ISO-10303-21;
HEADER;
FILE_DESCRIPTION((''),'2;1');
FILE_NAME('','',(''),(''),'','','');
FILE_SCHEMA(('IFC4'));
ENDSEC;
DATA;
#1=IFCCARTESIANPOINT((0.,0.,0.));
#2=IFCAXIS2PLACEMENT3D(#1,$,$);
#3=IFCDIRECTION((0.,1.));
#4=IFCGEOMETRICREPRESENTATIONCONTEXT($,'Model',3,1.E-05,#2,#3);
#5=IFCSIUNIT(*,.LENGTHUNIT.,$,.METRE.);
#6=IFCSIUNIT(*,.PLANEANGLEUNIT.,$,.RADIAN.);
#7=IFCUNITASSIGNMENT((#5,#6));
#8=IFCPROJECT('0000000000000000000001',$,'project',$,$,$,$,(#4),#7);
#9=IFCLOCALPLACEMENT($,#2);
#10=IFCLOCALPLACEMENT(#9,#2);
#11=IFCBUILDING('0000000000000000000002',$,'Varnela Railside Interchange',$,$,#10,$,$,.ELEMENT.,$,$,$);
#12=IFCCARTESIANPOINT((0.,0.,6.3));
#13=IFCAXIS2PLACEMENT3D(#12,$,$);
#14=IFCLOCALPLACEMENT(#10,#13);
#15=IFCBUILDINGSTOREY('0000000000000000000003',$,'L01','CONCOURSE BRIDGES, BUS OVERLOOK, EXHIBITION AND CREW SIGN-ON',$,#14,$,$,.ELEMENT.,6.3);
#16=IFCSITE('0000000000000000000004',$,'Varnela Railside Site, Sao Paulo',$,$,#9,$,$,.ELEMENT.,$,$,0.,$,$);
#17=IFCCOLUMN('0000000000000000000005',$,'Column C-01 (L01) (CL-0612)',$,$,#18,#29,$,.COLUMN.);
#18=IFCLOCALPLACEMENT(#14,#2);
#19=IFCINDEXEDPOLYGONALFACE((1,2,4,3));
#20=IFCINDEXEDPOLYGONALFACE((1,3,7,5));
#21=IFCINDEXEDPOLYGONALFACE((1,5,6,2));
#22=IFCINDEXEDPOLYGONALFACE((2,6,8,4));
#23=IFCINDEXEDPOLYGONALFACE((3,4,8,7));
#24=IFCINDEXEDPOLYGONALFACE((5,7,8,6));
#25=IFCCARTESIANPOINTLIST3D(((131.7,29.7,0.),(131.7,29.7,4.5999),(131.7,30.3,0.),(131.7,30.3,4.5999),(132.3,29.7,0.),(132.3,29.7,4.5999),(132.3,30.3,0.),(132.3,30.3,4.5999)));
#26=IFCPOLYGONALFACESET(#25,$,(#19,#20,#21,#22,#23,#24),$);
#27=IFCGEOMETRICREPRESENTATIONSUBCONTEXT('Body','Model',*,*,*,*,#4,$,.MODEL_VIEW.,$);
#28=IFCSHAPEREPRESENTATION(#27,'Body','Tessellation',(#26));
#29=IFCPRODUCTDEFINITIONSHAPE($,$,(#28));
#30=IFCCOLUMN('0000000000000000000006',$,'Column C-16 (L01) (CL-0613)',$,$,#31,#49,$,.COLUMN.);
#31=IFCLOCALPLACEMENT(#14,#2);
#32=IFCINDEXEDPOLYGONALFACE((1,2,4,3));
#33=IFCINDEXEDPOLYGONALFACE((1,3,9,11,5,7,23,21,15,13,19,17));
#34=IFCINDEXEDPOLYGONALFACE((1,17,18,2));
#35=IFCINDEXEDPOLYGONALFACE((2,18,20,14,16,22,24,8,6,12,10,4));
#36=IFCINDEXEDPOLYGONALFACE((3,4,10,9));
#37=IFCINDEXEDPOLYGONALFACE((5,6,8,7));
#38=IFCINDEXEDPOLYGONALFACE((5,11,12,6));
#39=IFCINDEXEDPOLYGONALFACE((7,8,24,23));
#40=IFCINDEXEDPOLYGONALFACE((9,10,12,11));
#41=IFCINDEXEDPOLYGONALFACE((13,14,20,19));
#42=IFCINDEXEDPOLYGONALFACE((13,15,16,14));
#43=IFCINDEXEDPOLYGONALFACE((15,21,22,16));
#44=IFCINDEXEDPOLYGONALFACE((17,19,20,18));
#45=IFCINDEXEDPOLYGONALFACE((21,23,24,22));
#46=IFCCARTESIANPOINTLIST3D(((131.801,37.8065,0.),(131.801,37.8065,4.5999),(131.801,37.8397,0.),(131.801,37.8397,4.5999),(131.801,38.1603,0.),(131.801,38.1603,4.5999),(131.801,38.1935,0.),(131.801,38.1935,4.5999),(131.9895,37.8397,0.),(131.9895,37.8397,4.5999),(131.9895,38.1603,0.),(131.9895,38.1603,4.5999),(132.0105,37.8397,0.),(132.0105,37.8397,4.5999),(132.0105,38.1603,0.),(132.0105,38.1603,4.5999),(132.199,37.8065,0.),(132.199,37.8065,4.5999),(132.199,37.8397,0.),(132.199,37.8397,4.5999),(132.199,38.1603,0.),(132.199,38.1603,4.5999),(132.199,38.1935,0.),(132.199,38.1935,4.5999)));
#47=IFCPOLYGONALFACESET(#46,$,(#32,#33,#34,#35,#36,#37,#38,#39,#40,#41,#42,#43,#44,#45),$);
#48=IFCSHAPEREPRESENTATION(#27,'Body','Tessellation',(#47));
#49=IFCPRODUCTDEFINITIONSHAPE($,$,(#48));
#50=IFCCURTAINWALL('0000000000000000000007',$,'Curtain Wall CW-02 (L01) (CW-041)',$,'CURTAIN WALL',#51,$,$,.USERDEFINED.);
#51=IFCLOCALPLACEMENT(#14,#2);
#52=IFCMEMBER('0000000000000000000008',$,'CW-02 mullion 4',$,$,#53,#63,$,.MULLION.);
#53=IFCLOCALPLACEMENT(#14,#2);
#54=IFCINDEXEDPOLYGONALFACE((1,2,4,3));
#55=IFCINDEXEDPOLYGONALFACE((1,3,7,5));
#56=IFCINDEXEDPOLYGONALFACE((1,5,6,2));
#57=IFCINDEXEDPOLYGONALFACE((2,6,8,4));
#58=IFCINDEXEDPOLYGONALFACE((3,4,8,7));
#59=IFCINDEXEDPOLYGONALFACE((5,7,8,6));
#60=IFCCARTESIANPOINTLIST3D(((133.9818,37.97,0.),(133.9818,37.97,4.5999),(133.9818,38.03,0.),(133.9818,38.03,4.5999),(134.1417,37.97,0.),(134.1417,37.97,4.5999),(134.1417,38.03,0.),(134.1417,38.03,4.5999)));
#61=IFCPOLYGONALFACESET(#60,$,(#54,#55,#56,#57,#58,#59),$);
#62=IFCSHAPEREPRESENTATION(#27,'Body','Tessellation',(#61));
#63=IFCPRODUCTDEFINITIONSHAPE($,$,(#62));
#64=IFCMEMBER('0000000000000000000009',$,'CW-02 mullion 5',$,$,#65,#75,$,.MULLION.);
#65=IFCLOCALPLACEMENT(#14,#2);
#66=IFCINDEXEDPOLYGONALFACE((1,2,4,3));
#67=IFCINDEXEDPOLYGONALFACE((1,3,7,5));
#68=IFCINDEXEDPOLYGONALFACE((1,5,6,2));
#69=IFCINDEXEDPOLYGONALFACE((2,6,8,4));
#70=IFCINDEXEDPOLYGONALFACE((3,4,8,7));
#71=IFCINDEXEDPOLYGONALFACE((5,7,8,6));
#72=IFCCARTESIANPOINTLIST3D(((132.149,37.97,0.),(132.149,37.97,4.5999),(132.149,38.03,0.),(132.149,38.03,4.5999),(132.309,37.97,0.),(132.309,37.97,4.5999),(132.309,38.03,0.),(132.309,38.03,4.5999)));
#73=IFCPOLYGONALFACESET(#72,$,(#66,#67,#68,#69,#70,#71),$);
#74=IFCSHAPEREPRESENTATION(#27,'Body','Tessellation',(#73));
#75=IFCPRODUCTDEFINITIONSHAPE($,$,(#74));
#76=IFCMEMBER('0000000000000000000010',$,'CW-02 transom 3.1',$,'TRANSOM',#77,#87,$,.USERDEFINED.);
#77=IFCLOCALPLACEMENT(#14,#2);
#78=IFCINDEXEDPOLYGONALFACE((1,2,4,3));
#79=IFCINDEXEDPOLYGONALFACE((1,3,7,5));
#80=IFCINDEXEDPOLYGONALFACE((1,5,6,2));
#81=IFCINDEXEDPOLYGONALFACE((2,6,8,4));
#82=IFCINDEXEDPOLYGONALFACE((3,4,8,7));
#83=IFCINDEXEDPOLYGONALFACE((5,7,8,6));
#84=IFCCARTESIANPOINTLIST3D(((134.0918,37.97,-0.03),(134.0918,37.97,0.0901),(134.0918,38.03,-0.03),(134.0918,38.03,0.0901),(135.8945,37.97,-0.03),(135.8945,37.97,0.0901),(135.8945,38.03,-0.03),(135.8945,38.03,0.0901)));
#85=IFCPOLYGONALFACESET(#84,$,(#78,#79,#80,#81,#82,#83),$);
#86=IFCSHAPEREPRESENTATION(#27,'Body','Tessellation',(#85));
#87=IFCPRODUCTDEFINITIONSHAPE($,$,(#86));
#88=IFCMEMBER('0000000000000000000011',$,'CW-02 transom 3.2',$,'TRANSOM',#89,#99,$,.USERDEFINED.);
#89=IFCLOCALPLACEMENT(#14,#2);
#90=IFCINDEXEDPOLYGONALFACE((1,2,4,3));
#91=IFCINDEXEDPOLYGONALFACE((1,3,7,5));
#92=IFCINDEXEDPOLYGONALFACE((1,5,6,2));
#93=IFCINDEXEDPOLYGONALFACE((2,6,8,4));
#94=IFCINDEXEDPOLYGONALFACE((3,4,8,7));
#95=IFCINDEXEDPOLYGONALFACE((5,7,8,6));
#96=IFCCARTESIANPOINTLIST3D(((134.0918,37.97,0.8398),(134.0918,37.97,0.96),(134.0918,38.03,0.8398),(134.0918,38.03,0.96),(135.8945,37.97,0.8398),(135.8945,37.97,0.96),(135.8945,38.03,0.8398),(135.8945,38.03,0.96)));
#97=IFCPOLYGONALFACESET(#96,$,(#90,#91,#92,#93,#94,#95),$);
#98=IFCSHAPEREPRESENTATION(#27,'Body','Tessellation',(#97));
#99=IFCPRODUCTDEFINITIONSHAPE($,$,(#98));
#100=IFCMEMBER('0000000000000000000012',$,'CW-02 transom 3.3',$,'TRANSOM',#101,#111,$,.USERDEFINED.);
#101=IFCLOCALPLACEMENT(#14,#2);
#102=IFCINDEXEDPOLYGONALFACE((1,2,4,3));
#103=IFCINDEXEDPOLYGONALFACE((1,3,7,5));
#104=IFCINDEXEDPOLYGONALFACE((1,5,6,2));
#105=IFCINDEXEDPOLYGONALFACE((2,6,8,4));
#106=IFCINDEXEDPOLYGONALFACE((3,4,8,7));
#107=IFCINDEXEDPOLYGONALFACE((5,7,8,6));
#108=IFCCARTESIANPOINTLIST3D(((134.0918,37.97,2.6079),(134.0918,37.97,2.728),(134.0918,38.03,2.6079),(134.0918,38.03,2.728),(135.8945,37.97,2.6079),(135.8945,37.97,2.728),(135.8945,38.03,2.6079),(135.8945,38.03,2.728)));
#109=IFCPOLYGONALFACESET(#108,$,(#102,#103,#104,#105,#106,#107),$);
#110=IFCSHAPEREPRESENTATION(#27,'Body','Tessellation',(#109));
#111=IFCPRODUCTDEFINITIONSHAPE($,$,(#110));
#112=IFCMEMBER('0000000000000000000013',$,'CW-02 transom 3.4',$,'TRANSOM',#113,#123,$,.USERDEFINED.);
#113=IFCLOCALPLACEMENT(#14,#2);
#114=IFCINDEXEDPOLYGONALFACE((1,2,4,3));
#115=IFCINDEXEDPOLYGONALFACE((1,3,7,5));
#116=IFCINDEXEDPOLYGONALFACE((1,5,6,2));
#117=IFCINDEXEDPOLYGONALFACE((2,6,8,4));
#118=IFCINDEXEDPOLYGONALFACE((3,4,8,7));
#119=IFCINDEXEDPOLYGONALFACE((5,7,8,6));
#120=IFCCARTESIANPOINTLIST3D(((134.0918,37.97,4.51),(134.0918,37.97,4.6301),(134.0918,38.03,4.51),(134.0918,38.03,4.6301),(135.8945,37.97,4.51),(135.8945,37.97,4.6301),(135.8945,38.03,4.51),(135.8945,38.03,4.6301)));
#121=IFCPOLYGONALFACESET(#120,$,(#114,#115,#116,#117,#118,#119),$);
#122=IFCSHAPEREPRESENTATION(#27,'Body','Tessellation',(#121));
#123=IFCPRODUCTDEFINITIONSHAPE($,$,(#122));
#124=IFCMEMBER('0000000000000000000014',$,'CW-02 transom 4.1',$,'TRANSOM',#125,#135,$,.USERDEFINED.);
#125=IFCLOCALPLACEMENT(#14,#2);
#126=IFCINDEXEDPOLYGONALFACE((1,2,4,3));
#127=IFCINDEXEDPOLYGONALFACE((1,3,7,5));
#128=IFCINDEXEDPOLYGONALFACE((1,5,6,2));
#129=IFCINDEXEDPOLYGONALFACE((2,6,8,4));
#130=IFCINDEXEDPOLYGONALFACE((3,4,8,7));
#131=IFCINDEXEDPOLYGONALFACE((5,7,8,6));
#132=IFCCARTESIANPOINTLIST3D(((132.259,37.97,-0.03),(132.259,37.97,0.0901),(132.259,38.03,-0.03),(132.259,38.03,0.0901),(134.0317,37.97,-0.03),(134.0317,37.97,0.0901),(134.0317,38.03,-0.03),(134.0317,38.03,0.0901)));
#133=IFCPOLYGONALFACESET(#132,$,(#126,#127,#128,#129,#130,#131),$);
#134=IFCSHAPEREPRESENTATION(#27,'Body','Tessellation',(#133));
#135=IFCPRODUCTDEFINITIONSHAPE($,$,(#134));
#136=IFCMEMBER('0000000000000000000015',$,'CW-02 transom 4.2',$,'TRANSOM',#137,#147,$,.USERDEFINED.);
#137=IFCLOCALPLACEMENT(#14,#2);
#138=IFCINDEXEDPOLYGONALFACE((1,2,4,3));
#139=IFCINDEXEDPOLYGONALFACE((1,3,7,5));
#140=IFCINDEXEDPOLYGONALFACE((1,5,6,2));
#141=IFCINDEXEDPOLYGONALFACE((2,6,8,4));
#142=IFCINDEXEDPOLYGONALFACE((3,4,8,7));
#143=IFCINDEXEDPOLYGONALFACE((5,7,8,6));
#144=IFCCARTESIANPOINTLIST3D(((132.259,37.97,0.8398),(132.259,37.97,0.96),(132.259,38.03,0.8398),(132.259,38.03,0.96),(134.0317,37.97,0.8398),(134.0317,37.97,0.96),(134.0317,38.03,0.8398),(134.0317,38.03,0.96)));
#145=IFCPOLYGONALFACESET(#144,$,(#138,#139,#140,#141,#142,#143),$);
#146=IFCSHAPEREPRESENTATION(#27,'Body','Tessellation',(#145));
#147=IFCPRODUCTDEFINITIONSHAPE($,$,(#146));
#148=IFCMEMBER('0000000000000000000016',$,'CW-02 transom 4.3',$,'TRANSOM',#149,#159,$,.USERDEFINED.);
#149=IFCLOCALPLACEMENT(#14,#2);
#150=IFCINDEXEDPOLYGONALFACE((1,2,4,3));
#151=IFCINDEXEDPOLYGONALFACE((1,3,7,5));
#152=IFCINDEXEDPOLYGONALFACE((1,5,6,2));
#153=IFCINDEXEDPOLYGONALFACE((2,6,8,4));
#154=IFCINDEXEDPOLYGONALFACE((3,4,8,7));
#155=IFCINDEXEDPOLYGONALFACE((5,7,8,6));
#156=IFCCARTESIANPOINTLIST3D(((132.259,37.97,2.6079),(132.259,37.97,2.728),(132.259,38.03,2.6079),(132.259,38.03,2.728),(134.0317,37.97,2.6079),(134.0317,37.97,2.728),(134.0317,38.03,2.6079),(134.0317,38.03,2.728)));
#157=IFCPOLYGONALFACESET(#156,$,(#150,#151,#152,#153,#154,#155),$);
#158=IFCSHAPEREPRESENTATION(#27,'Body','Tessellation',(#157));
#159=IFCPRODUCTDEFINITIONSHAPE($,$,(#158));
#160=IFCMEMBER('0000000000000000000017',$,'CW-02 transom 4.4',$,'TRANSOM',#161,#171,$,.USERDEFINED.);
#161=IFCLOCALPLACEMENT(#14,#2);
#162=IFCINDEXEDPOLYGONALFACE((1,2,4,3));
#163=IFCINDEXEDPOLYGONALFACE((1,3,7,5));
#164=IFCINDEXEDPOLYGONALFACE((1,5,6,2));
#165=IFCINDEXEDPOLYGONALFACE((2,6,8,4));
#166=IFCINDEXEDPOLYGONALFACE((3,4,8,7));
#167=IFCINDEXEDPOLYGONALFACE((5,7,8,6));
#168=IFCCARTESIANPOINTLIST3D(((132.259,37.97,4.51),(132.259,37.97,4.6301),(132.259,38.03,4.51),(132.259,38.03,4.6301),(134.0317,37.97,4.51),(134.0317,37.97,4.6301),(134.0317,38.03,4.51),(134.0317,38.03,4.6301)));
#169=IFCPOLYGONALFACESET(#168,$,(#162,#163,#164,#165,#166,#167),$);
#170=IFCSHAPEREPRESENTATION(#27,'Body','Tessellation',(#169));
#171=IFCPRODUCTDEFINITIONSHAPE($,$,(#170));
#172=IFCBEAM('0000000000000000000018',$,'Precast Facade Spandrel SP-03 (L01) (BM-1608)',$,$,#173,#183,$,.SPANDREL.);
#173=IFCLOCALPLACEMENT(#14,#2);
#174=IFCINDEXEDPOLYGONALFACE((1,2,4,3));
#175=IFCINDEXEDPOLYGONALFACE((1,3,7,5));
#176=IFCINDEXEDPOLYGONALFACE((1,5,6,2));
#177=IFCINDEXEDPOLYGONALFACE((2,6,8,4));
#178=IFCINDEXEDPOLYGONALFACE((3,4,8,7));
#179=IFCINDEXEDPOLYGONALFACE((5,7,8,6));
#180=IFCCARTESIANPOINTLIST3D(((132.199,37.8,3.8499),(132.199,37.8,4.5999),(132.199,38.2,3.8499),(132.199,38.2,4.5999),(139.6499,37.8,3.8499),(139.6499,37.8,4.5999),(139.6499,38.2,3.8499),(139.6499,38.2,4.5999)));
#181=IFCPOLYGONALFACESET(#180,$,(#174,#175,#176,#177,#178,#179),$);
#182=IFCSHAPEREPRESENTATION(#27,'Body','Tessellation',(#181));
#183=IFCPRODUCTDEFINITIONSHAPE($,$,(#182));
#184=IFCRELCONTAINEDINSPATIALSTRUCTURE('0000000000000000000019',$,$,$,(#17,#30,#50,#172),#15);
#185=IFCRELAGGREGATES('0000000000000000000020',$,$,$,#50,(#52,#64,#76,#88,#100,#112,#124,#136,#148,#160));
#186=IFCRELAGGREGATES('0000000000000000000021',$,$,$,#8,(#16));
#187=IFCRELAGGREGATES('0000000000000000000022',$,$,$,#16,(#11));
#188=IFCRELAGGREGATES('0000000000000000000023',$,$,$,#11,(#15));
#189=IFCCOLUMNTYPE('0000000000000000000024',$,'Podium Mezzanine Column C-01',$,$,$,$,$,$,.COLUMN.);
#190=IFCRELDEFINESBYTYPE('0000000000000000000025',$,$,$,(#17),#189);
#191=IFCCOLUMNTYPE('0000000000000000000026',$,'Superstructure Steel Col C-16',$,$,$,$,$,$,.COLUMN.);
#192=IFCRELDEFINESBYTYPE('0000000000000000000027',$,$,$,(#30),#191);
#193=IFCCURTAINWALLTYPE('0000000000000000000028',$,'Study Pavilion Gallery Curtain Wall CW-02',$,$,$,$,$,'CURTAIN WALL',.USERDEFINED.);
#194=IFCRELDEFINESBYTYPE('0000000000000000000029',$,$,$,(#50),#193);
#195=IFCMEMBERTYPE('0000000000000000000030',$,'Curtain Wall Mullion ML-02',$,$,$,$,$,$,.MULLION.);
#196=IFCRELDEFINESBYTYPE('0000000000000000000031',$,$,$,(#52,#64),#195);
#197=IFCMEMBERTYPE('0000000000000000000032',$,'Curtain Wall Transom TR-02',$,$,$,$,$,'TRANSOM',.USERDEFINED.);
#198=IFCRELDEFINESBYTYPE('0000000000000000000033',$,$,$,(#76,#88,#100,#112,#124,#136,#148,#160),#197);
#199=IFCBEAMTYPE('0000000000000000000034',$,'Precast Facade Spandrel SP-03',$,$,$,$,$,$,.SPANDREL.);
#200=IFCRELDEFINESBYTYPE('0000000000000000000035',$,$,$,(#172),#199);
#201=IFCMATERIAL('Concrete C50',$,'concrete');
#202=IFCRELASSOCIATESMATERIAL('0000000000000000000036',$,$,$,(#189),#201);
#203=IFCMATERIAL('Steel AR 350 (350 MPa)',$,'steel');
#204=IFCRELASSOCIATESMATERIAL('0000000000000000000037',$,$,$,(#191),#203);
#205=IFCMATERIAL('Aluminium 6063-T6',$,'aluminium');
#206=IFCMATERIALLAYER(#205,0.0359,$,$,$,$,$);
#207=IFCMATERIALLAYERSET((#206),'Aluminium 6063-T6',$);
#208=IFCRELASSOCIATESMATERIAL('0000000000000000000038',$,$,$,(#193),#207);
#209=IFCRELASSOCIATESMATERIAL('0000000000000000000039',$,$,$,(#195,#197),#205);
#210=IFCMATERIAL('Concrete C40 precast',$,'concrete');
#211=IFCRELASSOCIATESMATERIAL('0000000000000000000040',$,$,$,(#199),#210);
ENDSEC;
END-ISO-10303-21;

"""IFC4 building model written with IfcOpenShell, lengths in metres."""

from ifc_helpers import new_model, si_unit, direction, frame, origin, origin_2d, place, context, subcontext, project, spatial, rectangle, i_section, extrude, material, layer, layer_set, material_profile, profile_set, type_object, element, aggregate, save


model = new_model("IFC4")

# Units and contexts
model_context = context("Model", 3, precision=1e-05, world=origin(), true_north=direction((0.0, 1.0)))
body_context = subcontext(model_context, "Body", "Model", "MODEL_VIEW")
ifc_project = project(units=[si_unit("LENGTHUNIT", "METRE"), si_unit("PLANEANGLEUNIT", "RADIAN")], contexts=[model_context])

# Site, building, storey
site_placement = place(None, origin())
site = spatial("IfcSite", under=ifc_project, at=site_placement, Name="Varnela Railside Site, Sao Paulo", CompositionType="ELEMENT", RefElevation=0.0)
building_placement = place(site_placement, origin())
building = spatial("IfcBuilding", under=site, at=building_placement, Name="Varnela Railside Interchange", CompositionType="ELEMENT")
storey_placement = place(building_placement, frame((0.0, 0.0, 6.3)))
storey = spatial("IfcBuildingStorey", under=building, at=storey_placement, Name="L01", Description="CONCOURSE BRIDGES, BUS OVERLOOK, EXHIBITION AND CREW SIGN-ON", CompositionType="ELEMENT", Elevation=6.3)

# Columns
ifc_material_1 = material(Name="Concrete C50", Category="concrete")
ifc_material_profile_1 = material_profile(ifc_material_1, rectangle(XDim=0.6001, YDim=0.6001, at=origin_2d()), Name="RC 600x600")
ifc_profile_set_1 = profile_set([ifc_material_profile_1], Name="Concrete C50")
column_type_1 = type_object("IfcColumnType", Name="Podium Mezzanine Column C-01", PredefinedType="COLUMN", material=ifc_profile_set_1)
column_1_placement = place(storey_placement, frame((132.0, 30.0, 0.0), z_axis=(0.0, 0.0, 1.0), x_axis=(1.0, 0.0, 0.0)))
element("IfcColumn", 1, at=column_1_placement, inside=storey, type_object=column_type_1, Name="Column C-01 (L01) (CL-0612)", PredefinedType="COLUMN", context=body_context, shape_type="SweptSolid", body=[
    extrude(rectangle(XDim=0.6001, YDim=0.6001, at=origin_2d()), origin(), (0.0, 0.0, 1.0), 4.5999),
])
ifc_material_2 = material(Name="Steel AR 350 (350 MPa)", Category="steel")
ifc_material_profile_2 = material_profile(ifc_material_2, i_section(OverallWidth=0.3979, OverallDepth=0.387, WebThickness=0.021, FlangeThickness=0.0332, at=origin_2d()), Name="W360x262")
ifc_profile_set_2 = profile_set([ifc_material_profile_2], Name="Steel AR 350 (350 MPa)")
column_type_2 = type_object("IfcColumnType", Name="Superstructure Steel Col C-16", PredefinedType="COLUMN", material=ifc_profile_set_2)
column_2_placement = place(storey_placement, frame((132.0, 38.0, 0.0), z_axis=(0.0, 0.0, 1.0), x_axis=(1.0, 0.0, 0.0)))
element("IfcColumn", 2, at=column_2_placement, inside=storey, type_object=column_type_2, Name="Column C-16 (L01) (CL-0613)", PredefinedType="COLUMN", context=body_context, shape_type="SweptSolid", body=[
    extrude(i_section(OverallWidth=0.3979, OverallDepth=0.387, WebThickness=0.021, FlangeThickness=0.0332, at=origin_2d()), origin(), (0.0, 0.0, 1.0), 4.5999),
])

# Curtain wall, members
ifc_material_3 = material(Name="Aluminium 6063-T6", Category="aluminium")
ifc_layer_1 = layer(ifc_material_3, 0.0359)
ifc_layer_set_1 = layer_set([ifc_layer_1], Name="Aluminium 6063-T6")
curtain_wall_type = type_object("IfcCurtainWallType", Name="Study Pavilion Gallery Curtain Wall CW-02", ElementType="CURTAIN WALL", PredefinedType="USERDEFINED", material=ifc_layer_set_1)
curtain_wall_placement = place(storey_placement, origin())
curtain_wall = element("IfcCurtainWall", 3, at=curtain_wall_placement, inside=storey, type_object=curtain_wall_type, Name="Curtain Wall CW-02 (L01) (CW-041)", ObjectType="CURTAIN WALL", PredefinedType="USERDEFINED")
ifc_material_profile_3 = material_profile(ifc_material_3, rectangle(XDim=0.0601, YDim=0.1599, at=origin_2d()), Name="ALU 60x160")
ifc_profile_set_3 = profile_set([ifc_material_profile_3], Name="Aluminium 6063-T6")
member_type_1 = type_object("IfcMemberType", Name="Curtain Wall Mullion ML-02", PredefinedType="MULLION", material=ifc_profile_set_3)
member_1_placement = place(storey_placement, frame((134.0618, 38.0, 0.0), z_axis=(0.0, 0.0, 1.0), x_axis=(0.0, -1.0, 0.0)))
member_1 = element("IfcMember", 4, at=member_1_placement, type_object=member_type_1, Name="CW-02 mullion 4", PredefinedType="MULLION", context=body_context, shape_type="SweptSolid", body=[
    extrude(rectangle(XDim=0.0601, YDim=0.1599, at=origin_2d()), origin(), (0.0, 0.0, 1.0), 4.5999),
])
member_2_placement = place(storey_placement, frame((132.229, 38.0, 0.0), z_axis=(0.0, 0.0, 1.0), x_axis=(0.0, -1.0, 0.0)))
member_2 = element("IfcMember", 5, at=member_2_placement, type_object=member_type_1, Name="CW-02 mullion 5", PredefinedType="MULLION", context=body_context, shape_type="SweptSolid", body=[
    extrude(rectangle(XDim=0.0601, YDim=0.1599, at=origin_2d()), origin(), (0.0, 0.0, 1.0), 4.5999),
])
ifc_material_profile_4 = material_profile(ifc_material_3, rectangle(XDim=0.0601, YDim=0.1201, at=origin_2d()), Name="ALU 60x120")
ifc_profile_set_4 = profile_set([ifc_material_profile_4], Name="Aluminium 6063-T6")
member_type_2 = type_object("IfcMemberType", Name="Curtain Wall Transom TR-02", ElementType="TRANSOM", PredefinedType="USERDEFINED", material=ifc_profile_set_4)
member_3_placement = place(storey_placement, frame((135.8945, 38.0, 0.03), z_axis=(-1.0, 0.0, 0.0), x_axis=(0.0, -1.0, 0.0)))
member_3 = element("IfcMember", 6, at=member_3_placement, type_object=member_type_2, Name="CW-02 transom 3.1", ObjectType="TRANSOM", PredefinedType="USERDEFINED", context=body_context, shape_type="SweptSolid", body=[
    extrude(rectangle(XDim=0.0601, YDim=0.1201, at=origin_2d()), origin(), (0.0, 0.0, 1.0), 1.8027),
])
member_4_placement = place(storey_placement, frame((135.8945, 38.0, 0.8999), z_axis=(-1.0, 0.0, 0.0), x_axis=(0.0, -1.0, 0.0)))
member_4 = element("IfcMember", 7, at=member_4_placement, type_object=member_type_2, Name="CW-02 transom 3.2", ObjectType="TRANSOM", PredefinedType="USERDEFINED", context=body_context, shape_type="SweptSolid", body=[
    extrude(rectangle(XDim=0.0601, YDim=0.1201, at=origin_2d()), origin(), (0.0, 0.0, 1.0), 1.8027),
])
member_5_placement = place(storey_placement, frame((135.8945, 38.0, 2.668), z_axis=(-1.0, 0.0, 0.0), x_axis=(0.0, -1.0, 0.0)))
member_5 = element("IfcMember", 8, at=member_5_placement, type_object=member_type_2, Name="CW-02 transom 3.3", ObjectType="TRANSOM", PredefinedType="USERDEFINED", context=body_context, shape_type="SweptSolid", body=[
    extrude(rectangle(XDim=0.0601, YDim=0.1201, at=origin_2d()), origin(), (0.0, 0.0, 1.0), 1.8027),
])
member_6_placement = place(storey_placement, frame((135.8945, 38.0, 4.5701), z_axis=(-1.0, 0.0, 0.0), x_axis=(0.0, -1.0, 0.0)))
member_6 = element("IfcMember", 9, at=member_6_placement, type_object=member_type_2, Name="CW-02 transom 3.4", ObjectType="TRANSOM", PredefinedType="USERDEFINED", context=body_context, shape_type="SweptSolid", body=[
    extrude(rectangle(XDim=0.0601, YDim=0.1201, at=origin_2d()), origin(), (0.0, 0.0, 1.0), 1.8027),
])
member_7_placement = place(storey_placement, frame((134.0317, 38.0, 0.03), z_axis=(-1.0, 0.0, 0.0), x_axis=(0.0, -1.0, 0.0)))
member_7 = element("IfcMember", 10, at=member_7_placement, type_object=member_type_2, Name="CW-02 transom 4.1", ObjectType="TRANSOM", PredefinedType="USERDEFINED", context=body_context, shape_type="SweptSolid", body=[
    extrude(rectangle(XDim=0.0601, YDim=0.1201, at=origin_2d()), origin(), (0.0, 0.0, 1.0), 1.7727),
])
member_8_placement = place(storey_placement, frame((134.0317, 38.0, 0.8999), z_axis=(-1.0, 0.0, 0.0), x_axis=(0.0, -1.0, 0.0)))
member_8 = element("IfcMember", 11, at=member_8_placement, type_object=member_type_2, Name="CW-02 transom 4.2", ObjectType="TRANSOM", PredefinedType="USERDEFINED", context=body_context, shape_type="SweptSolid", body=[
    extrude(rectangle(XDim=0.0601, YDim=0.1201, at=origin_2d()), origin(), (0.0, 0.0, 1.0), 1.7727),
])
member_9_placement = place(storey_placement, frame((134.0317, 38.0, 2.668), z_axis=(-1.0, 0.0, 0.0), x_axis=(0.0, -1.0, 0.0)))
member_9 = element("IfcMember", 12, at=member_9_placement, type_object=member_type_2, Name="CW-02 transom 4.3", ObjectType="TRANSOM", PredefinedType="USERDEFINED", context=body_context, shape_type="SweptSolid", body=[
    extrude(rectangle(XDim=0.0601, YDim=0.1201, at=origin_2d()), origin(), (0.0, 0.0, 1.0), 1.7727),
])
member_10_placement = place(storey_placement, frame((134.0317, 38.0, 4.5701), z_axis=(-1.0, 0.0, 0.0), x_axis=(0.0, -1.0, 0.0)))
member_10 = element("IfcMember", 13, at=member_10_placement, type_object=member_type_2, Name="CW-02 transom 4.4", ObjectType="TRANSOM", PredefinedType="USERDEFINED", context=body_context, shape_type="SweptSolid", body=[
    extrude(rectangle(XDim=0.0601, YDim=0.1201, at=origin_2d()), origin(), (0.0, 0.0, 1.0), 1.7727),
])

# Beam
ifc_material_4 = material(Name="Concrete C40 precast", Category="concrete")
ifc_material_profile_5 = material_profile(ifc_material_4, rectangle(XDim=0.3999, YDim=0.75, at=origin_2d()), Name="PC 400x750")
ifc_profile_set_5 = profile_set([ifc_material_profile_5], Name="Concrete C40 precast")
beam_type = type_object("IfcBeamType", Name="Precast Facade Spandrel SP-03", PredefinedType="SPANDREL", material=ifc_profile_set_5)
beam_placement = place(storey_placement, frame((132.199, 38.0, 4.2249), z_axis=(1.0, 0.0, 0.0), x_axis=(0.0, 1.0, 0.0)))
element("IfcBeam", 14, at=beam_placement, inside=storey, type_object=beam_type, Name="Precast Facade Spandrel SP-03 (L01) (BM-1608)", PredefinedType="SPANDREL", context=body_context, shape_type="SweptSolid", body=[
    extrude(rectangle(XDim=0.3999, YDim=0.75, at=origin_2d()), origin(), (0.0, 0.0, 1.0), 7.4509),
])

aggregate(curtain_wall, [member_1, member_2, member_3, member_4, member_5, member_6, member_7, member_8, member_9, member_10])

save(model, "model.ifc")
